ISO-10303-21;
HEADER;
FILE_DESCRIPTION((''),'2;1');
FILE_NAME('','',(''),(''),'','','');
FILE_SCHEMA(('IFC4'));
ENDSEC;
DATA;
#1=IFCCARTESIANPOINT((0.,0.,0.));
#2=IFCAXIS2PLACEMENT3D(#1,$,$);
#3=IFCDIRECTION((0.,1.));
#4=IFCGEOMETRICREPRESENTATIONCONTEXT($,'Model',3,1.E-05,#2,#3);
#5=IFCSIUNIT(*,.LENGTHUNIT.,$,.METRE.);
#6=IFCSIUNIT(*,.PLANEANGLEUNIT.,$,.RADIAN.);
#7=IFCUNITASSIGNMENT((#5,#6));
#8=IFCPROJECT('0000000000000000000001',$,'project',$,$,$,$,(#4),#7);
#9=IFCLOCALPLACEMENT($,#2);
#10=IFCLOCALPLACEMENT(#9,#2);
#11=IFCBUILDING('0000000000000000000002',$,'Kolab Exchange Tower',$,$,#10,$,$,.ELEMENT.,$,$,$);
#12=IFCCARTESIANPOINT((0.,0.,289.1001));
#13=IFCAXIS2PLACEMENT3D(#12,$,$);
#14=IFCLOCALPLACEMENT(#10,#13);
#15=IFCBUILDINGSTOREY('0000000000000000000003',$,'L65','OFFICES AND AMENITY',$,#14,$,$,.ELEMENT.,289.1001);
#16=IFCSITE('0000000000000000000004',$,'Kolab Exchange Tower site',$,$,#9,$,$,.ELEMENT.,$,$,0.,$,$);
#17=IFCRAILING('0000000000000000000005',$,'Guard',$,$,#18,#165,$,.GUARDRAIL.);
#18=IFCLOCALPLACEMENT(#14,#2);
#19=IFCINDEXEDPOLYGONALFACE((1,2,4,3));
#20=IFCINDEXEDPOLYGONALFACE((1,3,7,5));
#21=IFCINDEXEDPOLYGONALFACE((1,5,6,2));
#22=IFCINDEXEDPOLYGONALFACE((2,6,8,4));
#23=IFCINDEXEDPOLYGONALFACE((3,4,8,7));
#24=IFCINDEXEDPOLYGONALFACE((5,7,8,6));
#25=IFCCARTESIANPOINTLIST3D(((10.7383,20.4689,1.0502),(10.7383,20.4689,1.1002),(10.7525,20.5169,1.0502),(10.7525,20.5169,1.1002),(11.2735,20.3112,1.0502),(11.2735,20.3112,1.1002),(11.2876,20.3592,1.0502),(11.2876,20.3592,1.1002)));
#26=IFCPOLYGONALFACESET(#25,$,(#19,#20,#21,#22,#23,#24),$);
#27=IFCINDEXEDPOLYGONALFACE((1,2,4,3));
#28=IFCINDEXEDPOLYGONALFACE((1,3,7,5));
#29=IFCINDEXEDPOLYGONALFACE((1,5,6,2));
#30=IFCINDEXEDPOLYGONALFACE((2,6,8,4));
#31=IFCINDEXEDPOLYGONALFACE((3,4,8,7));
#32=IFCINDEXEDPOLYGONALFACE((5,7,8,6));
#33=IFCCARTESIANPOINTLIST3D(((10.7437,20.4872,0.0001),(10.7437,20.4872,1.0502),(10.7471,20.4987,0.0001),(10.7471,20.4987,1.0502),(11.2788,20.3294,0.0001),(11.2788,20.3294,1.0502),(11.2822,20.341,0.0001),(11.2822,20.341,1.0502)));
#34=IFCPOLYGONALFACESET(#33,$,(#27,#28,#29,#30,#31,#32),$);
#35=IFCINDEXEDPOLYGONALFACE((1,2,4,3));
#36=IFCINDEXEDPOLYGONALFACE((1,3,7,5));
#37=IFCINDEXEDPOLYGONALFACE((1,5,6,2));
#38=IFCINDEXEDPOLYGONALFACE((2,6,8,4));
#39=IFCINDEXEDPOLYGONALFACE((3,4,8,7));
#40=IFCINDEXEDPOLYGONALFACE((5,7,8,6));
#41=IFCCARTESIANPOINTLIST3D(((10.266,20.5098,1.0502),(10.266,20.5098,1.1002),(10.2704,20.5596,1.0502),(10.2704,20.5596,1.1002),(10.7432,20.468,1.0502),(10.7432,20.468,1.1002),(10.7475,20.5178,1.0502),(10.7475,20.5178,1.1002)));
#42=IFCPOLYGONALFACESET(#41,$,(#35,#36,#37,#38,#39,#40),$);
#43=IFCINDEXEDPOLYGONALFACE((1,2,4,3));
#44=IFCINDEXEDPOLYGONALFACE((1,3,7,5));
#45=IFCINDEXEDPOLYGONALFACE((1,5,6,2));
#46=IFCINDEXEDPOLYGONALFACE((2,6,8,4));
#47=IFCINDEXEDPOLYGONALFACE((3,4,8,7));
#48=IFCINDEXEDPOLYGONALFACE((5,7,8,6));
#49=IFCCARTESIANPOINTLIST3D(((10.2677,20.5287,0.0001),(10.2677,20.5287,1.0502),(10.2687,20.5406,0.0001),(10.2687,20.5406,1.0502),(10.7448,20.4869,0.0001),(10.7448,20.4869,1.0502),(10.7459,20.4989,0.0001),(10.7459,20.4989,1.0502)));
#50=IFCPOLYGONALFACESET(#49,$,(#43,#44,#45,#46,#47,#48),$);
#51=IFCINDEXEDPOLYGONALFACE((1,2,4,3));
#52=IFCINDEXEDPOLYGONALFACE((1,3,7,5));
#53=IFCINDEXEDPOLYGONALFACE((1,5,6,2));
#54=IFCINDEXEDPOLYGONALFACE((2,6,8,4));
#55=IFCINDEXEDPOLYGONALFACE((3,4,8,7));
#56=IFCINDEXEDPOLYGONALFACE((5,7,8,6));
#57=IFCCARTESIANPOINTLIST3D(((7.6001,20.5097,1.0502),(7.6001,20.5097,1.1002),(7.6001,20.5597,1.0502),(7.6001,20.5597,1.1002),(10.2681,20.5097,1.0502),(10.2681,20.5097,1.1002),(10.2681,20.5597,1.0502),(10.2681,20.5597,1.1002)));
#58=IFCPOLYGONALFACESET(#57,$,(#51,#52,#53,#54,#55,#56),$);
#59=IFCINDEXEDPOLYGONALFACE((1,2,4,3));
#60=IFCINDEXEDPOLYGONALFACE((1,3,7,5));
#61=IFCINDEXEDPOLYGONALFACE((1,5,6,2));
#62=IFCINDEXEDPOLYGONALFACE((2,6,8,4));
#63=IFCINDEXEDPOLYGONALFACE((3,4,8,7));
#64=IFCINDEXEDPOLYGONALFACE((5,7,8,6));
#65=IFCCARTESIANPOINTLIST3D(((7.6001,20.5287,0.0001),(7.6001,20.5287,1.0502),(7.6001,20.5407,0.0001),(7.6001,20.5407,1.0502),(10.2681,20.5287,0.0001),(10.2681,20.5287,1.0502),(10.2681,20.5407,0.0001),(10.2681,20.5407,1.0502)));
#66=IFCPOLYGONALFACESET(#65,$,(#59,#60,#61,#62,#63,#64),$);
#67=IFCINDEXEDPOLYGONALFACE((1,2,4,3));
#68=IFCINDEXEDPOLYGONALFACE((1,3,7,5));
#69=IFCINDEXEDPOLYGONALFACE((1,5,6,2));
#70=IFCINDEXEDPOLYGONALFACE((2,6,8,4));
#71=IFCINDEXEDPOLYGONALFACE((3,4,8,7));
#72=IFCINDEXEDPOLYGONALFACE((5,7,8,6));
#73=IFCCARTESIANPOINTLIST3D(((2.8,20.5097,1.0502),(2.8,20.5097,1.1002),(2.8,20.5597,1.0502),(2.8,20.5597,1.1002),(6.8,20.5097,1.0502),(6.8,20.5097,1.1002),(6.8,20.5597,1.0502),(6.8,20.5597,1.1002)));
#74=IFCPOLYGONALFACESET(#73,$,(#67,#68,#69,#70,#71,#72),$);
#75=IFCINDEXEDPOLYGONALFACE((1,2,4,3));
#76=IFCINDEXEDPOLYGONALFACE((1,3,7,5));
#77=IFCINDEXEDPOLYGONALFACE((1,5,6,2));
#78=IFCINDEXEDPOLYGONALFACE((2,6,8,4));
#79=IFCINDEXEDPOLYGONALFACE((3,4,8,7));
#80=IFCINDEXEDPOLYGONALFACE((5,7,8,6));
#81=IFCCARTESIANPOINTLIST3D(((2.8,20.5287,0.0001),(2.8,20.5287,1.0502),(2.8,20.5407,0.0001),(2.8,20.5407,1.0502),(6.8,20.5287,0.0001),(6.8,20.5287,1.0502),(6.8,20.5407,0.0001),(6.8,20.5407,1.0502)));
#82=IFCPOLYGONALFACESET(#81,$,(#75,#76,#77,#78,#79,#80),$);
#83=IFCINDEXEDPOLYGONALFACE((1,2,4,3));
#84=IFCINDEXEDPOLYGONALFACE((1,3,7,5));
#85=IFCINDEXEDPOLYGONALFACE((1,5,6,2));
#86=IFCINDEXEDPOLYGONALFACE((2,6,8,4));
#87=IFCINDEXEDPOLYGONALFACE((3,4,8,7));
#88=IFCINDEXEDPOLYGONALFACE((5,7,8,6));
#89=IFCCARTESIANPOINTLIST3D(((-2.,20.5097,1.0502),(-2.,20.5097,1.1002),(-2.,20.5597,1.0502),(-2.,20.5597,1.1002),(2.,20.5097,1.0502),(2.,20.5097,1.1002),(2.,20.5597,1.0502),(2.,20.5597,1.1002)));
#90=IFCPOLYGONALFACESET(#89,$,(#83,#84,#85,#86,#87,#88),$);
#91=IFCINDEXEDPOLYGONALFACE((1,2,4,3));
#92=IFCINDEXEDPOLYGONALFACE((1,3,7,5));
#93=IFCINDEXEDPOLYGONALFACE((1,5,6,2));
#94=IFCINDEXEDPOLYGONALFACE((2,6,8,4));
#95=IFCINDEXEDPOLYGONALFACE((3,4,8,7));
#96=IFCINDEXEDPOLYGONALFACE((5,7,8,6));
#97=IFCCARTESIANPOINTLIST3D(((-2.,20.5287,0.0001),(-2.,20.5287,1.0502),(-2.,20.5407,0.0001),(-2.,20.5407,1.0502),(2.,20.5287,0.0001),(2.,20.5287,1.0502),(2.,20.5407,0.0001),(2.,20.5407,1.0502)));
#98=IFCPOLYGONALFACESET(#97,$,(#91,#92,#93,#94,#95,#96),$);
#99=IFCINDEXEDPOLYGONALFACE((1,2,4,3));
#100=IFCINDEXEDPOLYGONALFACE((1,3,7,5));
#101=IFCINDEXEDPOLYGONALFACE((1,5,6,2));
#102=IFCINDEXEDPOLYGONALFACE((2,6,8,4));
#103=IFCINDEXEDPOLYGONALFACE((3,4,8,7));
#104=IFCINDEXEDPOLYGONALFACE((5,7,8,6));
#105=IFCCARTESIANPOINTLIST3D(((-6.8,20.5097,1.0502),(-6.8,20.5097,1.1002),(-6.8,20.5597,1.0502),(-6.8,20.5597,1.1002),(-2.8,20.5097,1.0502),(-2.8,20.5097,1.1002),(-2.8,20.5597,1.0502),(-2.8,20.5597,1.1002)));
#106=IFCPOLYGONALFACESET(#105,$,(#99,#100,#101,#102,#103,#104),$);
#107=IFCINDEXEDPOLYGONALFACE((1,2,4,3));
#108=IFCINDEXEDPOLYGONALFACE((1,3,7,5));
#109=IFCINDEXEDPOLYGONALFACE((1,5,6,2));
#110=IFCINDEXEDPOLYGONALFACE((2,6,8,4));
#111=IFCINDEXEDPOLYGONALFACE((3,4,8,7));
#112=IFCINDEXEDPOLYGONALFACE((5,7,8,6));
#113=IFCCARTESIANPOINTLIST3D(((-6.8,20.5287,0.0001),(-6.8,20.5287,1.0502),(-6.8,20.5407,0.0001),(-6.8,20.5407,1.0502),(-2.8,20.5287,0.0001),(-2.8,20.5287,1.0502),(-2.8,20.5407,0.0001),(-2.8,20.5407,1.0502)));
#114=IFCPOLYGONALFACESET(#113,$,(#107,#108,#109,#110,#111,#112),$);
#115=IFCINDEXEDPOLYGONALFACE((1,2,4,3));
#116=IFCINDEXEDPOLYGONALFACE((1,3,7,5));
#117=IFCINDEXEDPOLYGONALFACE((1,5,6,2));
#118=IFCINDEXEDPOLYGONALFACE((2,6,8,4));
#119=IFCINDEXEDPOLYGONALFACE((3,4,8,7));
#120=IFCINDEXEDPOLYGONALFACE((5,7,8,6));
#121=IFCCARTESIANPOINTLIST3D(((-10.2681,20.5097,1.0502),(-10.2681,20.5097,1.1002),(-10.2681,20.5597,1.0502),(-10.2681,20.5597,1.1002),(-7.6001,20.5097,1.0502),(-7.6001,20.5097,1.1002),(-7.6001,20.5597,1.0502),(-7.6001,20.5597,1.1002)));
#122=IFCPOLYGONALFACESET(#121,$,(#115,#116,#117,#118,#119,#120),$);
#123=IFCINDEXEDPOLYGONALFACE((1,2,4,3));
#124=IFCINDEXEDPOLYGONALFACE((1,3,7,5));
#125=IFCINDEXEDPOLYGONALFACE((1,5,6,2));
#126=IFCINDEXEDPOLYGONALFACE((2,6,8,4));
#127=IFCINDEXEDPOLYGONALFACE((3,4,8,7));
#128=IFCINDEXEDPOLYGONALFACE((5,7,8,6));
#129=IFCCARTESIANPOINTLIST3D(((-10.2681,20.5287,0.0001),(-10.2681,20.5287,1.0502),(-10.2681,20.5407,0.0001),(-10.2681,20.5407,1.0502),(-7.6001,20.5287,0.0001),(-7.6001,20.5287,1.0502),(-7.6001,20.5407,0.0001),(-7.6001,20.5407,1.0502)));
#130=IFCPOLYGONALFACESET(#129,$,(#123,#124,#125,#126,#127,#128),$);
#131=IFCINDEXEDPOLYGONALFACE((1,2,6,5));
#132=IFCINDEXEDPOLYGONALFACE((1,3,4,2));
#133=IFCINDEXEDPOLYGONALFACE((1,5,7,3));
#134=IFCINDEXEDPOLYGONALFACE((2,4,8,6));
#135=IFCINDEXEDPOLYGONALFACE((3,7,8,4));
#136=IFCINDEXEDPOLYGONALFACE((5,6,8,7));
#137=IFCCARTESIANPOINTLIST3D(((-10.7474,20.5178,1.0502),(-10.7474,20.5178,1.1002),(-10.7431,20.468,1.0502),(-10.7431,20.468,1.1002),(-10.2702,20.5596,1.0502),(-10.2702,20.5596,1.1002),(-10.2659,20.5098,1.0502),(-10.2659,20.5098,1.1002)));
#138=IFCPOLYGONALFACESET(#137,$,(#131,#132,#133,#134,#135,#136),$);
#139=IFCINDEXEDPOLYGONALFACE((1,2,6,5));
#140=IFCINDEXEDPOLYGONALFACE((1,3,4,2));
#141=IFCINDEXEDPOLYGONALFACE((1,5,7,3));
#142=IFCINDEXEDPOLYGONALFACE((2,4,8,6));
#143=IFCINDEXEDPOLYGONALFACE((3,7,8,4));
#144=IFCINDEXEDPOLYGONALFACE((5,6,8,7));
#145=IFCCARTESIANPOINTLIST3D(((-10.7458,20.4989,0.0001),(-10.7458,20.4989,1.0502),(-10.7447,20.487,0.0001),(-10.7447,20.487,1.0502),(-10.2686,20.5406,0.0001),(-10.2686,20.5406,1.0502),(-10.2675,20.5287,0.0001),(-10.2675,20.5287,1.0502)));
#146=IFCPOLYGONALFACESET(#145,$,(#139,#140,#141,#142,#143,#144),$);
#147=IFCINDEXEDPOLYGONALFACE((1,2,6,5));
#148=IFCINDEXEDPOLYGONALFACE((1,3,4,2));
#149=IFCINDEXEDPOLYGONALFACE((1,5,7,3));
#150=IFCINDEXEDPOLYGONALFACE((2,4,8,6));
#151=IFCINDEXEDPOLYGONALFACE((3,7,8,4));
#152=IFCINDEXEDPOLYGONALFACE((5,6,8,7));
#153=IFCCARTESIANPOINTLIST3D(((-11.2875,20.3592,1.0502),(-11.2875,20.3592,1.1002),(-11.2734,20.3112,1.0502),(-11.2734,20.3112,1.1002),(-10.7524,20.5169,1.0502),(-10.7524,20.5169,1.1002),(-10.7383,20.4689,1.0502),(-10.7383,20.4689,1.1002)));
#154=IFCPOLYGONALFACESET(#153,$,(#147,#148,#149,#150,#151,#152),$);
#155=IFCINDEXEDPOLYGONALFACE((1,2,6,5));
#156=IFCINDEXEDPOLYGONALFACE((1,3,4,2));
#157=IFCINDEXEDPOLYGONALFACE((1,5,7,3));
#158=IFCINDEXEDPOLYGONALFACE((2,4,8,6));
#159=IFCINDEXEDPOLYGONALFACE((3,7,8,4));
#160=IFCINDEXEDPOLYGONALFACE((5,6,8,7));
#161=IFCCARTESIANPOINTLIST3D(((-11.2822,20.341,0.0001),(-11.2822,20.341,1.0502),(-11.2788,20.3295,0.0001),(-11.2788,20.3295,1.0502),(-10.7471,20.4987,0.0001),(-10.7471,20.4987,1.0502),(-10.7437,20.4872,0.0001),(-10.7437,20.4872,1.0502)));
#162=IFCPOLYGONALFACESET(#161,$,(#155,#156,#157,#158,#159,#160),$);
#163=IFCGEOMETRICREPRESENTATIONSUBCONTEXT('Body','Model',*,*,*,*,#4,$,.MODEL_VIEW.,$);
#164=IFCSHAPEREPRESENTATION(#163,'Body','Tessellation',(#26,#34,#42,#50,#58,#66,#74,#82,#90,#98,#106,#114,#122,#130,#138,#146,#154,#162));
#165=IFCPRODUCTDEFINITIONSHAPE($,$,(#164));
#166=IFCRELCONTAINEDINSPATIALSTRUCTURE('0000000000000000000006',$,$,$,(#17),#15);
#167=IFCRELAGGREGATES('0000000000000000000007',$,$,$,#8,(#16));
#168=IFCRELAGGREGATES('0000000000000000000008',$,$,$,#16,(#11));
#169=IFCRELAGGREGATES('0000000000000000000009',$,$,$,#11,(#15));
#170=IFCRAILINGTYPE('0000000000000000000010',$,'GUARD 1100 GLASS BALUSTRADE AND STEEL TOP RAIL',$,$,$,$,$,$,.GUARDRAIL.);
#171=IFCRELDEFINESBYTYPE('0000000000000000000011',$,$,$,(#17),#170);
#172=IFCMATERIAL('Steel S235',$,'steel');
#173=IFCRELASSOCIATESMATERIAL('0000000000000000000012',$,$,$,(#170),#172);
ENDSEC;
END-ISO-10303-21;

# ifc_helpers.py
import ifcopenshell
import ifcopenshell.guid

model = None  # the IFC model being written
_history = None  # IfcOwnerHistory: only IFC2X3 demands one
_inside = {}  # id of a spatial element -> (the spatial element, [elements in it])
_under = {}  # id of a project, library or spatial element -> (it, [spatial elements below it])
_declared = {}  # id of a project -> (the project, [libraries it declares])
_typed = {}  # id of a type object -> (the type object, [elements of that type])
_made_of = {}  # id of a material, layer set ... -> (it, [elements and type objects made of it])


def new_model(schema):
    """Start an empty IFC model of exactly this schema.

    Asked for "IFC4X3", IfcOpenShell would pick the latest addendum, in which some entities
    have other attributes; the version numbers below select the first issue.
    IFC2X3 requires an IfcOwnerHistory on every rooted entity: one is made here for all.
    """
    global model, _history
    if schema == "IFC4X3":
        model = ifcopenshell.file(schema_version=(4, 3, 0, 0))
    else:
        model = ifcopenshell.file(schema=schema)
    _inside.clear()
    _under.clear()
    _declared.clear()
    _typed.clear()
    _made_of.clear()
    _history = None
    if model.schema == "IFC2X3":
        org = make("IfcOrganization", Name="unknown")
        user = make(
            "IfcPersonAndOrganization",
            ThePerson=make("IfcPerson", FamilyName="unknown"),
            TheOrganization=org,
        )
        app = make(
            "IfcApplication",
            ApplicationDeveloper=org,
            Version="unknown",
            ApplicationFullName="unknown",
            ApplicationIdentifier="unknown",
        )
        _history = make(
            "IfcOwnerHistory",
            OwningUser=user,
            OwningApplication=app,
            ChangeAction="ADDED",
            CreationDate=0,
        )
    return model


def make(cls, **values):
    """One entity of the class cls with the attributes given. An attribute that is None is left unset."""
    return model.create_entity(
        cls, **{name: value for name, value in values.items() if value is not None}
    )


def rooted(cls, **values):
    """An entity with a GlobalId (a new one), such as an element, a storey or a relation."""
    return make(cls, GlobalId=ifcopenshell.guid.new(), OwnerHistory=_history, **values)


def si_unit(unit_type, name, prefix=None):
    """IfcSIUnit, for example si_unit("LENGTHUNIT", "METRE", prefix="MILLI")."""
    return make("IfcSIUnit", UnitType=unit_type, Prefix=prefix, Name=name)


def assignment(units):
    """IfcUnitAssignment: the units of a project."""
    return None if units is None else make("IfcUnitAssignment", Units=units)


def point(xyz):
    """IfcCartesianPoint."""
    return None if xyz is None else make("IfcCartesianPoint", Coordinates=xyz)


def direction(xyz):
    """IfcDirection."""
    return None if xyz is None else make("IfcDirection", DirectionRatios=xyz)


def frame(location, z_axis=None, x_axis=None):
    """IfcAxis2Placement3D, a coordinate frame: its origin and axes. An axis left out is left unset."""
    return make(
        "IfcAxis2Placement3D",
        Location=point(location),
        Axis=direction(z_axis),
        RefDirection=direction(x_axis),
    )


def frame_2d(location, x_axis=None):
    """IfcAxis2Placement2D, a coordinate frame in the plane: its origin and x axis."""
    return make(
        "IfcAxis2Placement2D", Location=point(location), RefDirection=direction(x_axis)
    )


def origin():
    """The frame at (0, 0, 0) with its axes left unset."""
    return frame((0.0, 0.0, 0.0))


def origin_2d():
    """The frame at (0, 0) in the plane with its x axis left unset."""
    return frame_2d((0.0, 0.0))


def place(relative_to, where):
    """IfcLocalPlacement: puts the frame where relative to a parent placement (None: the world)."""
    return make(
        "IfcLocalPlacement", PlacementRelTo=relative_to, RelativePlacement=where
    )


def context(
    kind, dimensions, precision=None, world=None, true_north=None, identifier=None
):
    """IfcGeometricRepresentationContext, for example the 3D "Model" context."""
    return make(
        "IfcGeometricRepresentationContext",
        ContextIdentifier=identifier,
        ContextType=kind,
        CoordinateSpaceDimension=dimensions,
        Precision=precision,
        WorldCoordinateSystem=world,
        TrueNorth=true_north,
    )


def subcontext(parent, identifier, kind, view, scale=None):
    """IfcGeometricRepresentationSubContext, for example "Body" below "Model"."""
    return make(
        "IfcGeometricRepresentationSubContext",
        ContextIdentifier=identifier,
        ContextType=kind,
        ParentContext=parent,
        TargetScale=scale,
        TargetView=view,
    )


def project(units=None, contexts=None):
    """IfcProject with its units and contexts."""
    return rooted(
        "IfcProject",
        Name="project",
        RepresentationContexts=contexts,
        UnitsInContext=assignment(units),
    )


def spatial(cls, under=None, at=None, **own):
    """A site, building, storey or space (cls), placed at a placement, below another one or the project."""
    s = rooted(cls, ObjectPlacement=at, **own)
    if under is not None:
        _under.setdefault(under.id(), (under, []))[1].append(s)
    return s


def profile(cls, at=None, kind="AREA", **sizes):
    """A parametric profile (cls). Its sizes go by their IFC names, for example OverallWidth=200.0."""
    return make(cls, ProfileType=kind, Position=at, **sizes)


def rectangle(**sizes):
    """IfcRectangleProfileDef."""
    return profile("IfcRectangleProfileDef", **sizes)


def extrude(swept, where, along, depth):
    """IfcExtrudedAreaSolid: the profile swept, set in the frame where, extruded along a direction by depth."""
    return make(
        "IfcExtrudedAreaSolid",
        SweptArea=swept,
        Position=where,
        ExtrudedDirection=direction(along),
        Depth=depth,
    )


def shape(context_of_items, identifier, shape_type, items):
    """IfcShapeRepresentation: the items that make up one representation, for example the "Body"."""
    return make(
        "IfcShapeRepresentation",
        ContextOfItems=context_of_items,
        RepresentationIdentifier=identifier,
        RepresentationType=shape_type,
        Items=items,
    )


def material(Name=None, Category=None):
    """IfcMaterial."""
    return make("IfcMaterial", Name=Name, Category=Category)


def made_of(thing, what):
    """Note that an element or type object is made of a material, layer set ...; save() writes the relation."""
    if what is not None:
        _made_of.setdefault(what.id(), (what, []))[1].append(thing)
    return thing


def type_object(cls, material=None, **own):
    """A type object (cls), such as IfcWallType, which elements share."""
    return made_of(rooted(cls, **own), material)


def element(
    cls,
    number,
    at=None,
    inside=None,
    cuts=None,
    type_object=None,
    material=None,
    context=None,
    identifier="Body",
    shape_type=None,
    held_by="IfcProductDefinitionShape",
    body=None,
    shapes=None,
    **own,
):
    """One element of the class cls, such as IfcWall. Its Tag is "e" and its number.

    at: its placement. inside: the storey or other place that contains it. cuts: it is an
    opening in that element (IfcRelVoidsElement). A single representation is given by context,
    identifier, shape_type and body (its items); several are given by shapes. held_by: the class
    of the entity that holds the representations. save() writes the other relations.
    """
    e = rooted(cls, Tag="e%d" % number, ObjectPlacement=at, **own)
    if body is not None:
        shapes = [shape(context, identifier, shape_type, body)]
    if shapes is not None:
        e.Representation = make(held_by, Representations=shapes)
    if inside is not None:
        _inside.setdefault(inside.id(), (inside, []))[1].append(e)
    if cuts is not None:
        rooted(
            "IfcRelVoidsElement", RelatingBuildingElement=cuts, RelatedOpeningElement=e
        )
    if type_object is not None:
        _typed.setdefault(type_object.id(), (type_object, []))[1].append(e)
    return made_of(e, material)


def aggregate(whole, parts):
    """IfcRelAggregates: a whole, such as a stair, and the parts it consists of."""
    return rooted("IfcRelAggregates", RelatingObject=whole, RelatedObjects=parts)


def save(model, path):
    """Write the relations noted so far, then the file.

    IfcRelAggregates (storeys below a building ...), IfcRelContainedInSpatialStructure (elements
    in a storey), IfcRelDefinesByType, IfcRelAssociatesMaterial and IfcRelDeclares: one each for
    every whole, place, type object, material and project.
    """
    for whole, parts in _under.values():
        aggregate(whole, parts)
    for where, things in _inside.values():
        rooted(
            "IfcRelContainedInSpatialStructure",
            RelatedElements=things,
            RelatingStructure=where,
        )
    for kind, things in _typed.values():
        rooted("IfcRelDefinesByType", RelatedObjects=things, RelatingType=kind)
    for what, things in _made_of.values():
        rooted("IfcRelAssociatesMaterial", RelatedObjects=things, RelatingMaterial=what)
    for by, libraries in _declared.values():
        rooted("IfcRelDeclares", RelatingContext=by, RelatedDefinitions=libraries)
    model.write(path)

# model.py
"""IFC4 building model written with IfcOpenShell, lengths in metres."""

from ifc_helpers import new_model, si_unit, direction, frame, frame_2d, origin, origin_2d, place, context, subcontext, project, spatial, rectangle, extrude, material, type_object, element, save


model = new_model("IFC4")

# Units and contexts
model_context = context("Model", 3, precision=1e-05, world=origin(), true_north=direction((0.0, 1.0)))
body_context = subcontext(model_context, "Body", "Model", "MODEL_VIEW")
ifc_project = project(units=[si_unit("LENGTHUNIT", "METRE"), si_unit("PLANEANGLEUNIT", "RADIAN")], contexts=[model_context])

# Site, building, storey
site_placement = place(None, origin())
site = spatial("IfcSite", under=ifc_project, at=site_placement, Name="Kolab Exchange Tower site", CompositionType="ELEMENT", RefElevation=0.0)
building_placement = place(site_placement, origin())
building = spatial("IfcBuilding", under=site, at=building_placement, Name="Kolab Exchange Tower", CompositionType="ELEMENT")
storey_placement = place(building_placement, frame((0.0, 0.0, 289.1001)))
storey = spatial("IfcBuildingStorey", under=building, at=storey_placement, Name="L65", Description="OFFICES AND AMENITY", CompositionType="ELEMENT", Elevation=289.1001)

# Railing
ifc_material_1 = material(Name="Steel S235", Category="steel")
railing_type = type_object("IfcRailingType", Name="GUARD 1100 GLASS BALUSTRADE AND STEEL TOP RAIL", PredefinedType="GUARDRAIL", material=ifc_material_1)
railing_placement = place(storey_placement, frame((11.2805, 20.3352, 0.0)))
element("IfcRailing", 1, at=railing_placement, inside=storey, type_object=railing_type, Name="Guard", PredefinedType="GUARDRAIL", context=body_context, shape_type="SweptSolid", body=[
    extrude(rectangle(XDim=0.05, YDim=0.05, at=origin_2d()), frame((0.0, 0.0, 1.0752), z_axis=(-0.959212, 0.282687, 0.0), x_axis=(-0.282687, -0.959212, 0.0)), (0.0, 0.0, 1.0), 0.5579),
    extrude(rectangle(XDim=0.012, YDim=1.0501, at=frame_2d((0.0, 0.5251))), frame((0.0, 0.0, 0.0), z_axis=(-0.959212, 0.282687, 0.0), x_axis=(-0.282687, -0.959212, 0.0)), (0.0, 0.0, 1.0), 0.5579),
    extrude(rectangle(XDim=0.05, YDim=0.05, at=origin_2d()), frame((-0.5352, 0.1577, 1.0752), z_axis=(-0.996196, 0.087135, 0.0), x_axis=(-0.087135, -0.996196, 0.0)), (0.0, 0.0, 1.0), 0.479),
    extrude(rectangle(XDim=0.012, YDim=1.0501, at=frame_2d((0.0, 0.5251))), frame((-0.5352, 0.1577, 0.0), z_axis=(-0.996196, 0.087135, 0.0), x_axis=(-0.087135, -0.996196, 0.0)), (0.0, 0.0, 1.0), 0.479),
    extrude(rectangle(XDim=0.05, YDim=0.05, at=origin_2d()), frame((-1.0125, 0.1995, 1.0752), z_axis=(-1.0, 0.0, 0.0), x_axis=(0.0, -1.0, 0.0)), (0.0, 0.0, 1.0), 2.668),
    extrude(rectangle(XDim=0.012, YDim=1.0501, at=frame_2d((0.0, 0.5251))), frame((-1.0125, 0.1995, 0.0), z_axis=(-1.0, 0.0, 0.0), x_axis=(0.0, -1.0, 0.0)), (0.0, 0.0, 1.0), 2.668),
    extrude(rectangle(XDim=0.05, YDim=0.05, at=origin_2d()), frame((-4.4805, 0.1995, 1.0752), z_axis=(-1.0, 0.0, 0.0), x_axis=(0.0, -1.0, 0.0)), (0.0, 0.0, 1.0), 4.0),
    extrude(rectangle(XDim=0.012, YDim=1.0501, at=frame_2d((0.0, 0.5251))), frame((-4.4805, 0.1995, 0.0), z_axis=(-1.0, 0.0, 0.0), x_axis=(0.0, -1.0, 0.0)), (0.0, 0.0, 1.0), 4.0),
    extrude(rectangle(XDim=0.05, YDim=0.05, at=origin_2d()), frame((-9.2805, 0.1995, 1.0752), z_axis=(-1.0, 0.0, 0.0), x_axis=(0.0, -1.0, 0.0)), (0.0, 0.0, 1.0), 4.0),
    extrude(rectangle(XDim=0.012, YDim=1.0501, at=frame_2d((0.0, 0.5251))), frame((-9.2805, 0.1995, 0.0), z_axis=(-1.0, 0.0, 0.0), x_axis=(0.0, -1.0, 0.0)), (0.0, 0.0, 1.0), 4.0),
    extrude(rectangle(XDim=0.05, YDim=0.05, at=origin_2d()), frame((-14.0806, 0.1995, 1.0752), z_axis=(-1.0, 0.0, 0.0), x_axis=(0.0, -1.0, 0.0)), (0.0, 0.0, 1.0), 4.0),
    extrude(rectangle(XDim=0.012, YDim=1.0501, at=frame_2d((0.0, 0.5251))), frame((-14.0806, 0.1995, 0.0), z_axis=(-1.0, 0.0, 0.0), x_axis=(0.0, -1.0, 0.0)), (0.0, 0.0, 1.0), 4.0),
    extrude(rectangle(XDim=0.05, YDim=0.05, at=origin_2d()), frame((-18.8806, 0.1995, 1.0752), z_axis=(-1.0, 0.0, 0.0), x_axis=(0.0, -1.0, 0.0)), (0.0, 0.0, 1.0), 2.668),
    extrude(rectangle(XDim=0.012, YDim=1.0501, at=frame_2d((0.0, 0.5251))), frame((-18.8806, 0.1995, 0.0), z_axis=(-1.0, 0.0, 0.0), x_axis=(0.0, -1.0, 0.0)), (0.0, 0.0, 1.0), 2.668),
    extrude(rectangle(XDim=0.05, YDim=0.05, at=origin_2d()), frame((-21.5486, 0.1995, 1.0752), z_axis=(-0.996196, -0.087135, 0.0), x_axis=(0.087135, -0.996196, 0.0)), (0.0, 0.0, 1.0), 0.479),
    extrude(rectangle(XDim=0.012, YDim=1.0501, at=frame_2d((0.0, 0.5251))), frame((-21.5486, 0.1995, 0.0), z_axis=(-0.996196, -0.087135, 0.0), x_axis=(0.087135, -0.996196, 0.0)), (0.0, 0.0, 1.0), 0.479),
    extrude(rectangle(XDim=0.05, YDim=0.05, at=origin_2d()), frame((-22.0259, 0.1577, 1.0752), z_axis=(-0.959212, -0.282687, 0.0), x_axis=(0.282687, -0.959212, 0.0)), (0.0, 0.0, 1.0), 0.5579),
    extrude(rectangle(XDim=0.012, YDim=1.0501, at=frame_2d((0.0, 0.5251))), frame((-22.0259, 0.1577, 0.0), z_axis=(-0.959212, -0.282687, 0.0), x_axis=(0.282687, -0.959212, 0.0)), (0.0, 0.0, 1.0), 0.5579),
])

save(model, "model.ifc")
